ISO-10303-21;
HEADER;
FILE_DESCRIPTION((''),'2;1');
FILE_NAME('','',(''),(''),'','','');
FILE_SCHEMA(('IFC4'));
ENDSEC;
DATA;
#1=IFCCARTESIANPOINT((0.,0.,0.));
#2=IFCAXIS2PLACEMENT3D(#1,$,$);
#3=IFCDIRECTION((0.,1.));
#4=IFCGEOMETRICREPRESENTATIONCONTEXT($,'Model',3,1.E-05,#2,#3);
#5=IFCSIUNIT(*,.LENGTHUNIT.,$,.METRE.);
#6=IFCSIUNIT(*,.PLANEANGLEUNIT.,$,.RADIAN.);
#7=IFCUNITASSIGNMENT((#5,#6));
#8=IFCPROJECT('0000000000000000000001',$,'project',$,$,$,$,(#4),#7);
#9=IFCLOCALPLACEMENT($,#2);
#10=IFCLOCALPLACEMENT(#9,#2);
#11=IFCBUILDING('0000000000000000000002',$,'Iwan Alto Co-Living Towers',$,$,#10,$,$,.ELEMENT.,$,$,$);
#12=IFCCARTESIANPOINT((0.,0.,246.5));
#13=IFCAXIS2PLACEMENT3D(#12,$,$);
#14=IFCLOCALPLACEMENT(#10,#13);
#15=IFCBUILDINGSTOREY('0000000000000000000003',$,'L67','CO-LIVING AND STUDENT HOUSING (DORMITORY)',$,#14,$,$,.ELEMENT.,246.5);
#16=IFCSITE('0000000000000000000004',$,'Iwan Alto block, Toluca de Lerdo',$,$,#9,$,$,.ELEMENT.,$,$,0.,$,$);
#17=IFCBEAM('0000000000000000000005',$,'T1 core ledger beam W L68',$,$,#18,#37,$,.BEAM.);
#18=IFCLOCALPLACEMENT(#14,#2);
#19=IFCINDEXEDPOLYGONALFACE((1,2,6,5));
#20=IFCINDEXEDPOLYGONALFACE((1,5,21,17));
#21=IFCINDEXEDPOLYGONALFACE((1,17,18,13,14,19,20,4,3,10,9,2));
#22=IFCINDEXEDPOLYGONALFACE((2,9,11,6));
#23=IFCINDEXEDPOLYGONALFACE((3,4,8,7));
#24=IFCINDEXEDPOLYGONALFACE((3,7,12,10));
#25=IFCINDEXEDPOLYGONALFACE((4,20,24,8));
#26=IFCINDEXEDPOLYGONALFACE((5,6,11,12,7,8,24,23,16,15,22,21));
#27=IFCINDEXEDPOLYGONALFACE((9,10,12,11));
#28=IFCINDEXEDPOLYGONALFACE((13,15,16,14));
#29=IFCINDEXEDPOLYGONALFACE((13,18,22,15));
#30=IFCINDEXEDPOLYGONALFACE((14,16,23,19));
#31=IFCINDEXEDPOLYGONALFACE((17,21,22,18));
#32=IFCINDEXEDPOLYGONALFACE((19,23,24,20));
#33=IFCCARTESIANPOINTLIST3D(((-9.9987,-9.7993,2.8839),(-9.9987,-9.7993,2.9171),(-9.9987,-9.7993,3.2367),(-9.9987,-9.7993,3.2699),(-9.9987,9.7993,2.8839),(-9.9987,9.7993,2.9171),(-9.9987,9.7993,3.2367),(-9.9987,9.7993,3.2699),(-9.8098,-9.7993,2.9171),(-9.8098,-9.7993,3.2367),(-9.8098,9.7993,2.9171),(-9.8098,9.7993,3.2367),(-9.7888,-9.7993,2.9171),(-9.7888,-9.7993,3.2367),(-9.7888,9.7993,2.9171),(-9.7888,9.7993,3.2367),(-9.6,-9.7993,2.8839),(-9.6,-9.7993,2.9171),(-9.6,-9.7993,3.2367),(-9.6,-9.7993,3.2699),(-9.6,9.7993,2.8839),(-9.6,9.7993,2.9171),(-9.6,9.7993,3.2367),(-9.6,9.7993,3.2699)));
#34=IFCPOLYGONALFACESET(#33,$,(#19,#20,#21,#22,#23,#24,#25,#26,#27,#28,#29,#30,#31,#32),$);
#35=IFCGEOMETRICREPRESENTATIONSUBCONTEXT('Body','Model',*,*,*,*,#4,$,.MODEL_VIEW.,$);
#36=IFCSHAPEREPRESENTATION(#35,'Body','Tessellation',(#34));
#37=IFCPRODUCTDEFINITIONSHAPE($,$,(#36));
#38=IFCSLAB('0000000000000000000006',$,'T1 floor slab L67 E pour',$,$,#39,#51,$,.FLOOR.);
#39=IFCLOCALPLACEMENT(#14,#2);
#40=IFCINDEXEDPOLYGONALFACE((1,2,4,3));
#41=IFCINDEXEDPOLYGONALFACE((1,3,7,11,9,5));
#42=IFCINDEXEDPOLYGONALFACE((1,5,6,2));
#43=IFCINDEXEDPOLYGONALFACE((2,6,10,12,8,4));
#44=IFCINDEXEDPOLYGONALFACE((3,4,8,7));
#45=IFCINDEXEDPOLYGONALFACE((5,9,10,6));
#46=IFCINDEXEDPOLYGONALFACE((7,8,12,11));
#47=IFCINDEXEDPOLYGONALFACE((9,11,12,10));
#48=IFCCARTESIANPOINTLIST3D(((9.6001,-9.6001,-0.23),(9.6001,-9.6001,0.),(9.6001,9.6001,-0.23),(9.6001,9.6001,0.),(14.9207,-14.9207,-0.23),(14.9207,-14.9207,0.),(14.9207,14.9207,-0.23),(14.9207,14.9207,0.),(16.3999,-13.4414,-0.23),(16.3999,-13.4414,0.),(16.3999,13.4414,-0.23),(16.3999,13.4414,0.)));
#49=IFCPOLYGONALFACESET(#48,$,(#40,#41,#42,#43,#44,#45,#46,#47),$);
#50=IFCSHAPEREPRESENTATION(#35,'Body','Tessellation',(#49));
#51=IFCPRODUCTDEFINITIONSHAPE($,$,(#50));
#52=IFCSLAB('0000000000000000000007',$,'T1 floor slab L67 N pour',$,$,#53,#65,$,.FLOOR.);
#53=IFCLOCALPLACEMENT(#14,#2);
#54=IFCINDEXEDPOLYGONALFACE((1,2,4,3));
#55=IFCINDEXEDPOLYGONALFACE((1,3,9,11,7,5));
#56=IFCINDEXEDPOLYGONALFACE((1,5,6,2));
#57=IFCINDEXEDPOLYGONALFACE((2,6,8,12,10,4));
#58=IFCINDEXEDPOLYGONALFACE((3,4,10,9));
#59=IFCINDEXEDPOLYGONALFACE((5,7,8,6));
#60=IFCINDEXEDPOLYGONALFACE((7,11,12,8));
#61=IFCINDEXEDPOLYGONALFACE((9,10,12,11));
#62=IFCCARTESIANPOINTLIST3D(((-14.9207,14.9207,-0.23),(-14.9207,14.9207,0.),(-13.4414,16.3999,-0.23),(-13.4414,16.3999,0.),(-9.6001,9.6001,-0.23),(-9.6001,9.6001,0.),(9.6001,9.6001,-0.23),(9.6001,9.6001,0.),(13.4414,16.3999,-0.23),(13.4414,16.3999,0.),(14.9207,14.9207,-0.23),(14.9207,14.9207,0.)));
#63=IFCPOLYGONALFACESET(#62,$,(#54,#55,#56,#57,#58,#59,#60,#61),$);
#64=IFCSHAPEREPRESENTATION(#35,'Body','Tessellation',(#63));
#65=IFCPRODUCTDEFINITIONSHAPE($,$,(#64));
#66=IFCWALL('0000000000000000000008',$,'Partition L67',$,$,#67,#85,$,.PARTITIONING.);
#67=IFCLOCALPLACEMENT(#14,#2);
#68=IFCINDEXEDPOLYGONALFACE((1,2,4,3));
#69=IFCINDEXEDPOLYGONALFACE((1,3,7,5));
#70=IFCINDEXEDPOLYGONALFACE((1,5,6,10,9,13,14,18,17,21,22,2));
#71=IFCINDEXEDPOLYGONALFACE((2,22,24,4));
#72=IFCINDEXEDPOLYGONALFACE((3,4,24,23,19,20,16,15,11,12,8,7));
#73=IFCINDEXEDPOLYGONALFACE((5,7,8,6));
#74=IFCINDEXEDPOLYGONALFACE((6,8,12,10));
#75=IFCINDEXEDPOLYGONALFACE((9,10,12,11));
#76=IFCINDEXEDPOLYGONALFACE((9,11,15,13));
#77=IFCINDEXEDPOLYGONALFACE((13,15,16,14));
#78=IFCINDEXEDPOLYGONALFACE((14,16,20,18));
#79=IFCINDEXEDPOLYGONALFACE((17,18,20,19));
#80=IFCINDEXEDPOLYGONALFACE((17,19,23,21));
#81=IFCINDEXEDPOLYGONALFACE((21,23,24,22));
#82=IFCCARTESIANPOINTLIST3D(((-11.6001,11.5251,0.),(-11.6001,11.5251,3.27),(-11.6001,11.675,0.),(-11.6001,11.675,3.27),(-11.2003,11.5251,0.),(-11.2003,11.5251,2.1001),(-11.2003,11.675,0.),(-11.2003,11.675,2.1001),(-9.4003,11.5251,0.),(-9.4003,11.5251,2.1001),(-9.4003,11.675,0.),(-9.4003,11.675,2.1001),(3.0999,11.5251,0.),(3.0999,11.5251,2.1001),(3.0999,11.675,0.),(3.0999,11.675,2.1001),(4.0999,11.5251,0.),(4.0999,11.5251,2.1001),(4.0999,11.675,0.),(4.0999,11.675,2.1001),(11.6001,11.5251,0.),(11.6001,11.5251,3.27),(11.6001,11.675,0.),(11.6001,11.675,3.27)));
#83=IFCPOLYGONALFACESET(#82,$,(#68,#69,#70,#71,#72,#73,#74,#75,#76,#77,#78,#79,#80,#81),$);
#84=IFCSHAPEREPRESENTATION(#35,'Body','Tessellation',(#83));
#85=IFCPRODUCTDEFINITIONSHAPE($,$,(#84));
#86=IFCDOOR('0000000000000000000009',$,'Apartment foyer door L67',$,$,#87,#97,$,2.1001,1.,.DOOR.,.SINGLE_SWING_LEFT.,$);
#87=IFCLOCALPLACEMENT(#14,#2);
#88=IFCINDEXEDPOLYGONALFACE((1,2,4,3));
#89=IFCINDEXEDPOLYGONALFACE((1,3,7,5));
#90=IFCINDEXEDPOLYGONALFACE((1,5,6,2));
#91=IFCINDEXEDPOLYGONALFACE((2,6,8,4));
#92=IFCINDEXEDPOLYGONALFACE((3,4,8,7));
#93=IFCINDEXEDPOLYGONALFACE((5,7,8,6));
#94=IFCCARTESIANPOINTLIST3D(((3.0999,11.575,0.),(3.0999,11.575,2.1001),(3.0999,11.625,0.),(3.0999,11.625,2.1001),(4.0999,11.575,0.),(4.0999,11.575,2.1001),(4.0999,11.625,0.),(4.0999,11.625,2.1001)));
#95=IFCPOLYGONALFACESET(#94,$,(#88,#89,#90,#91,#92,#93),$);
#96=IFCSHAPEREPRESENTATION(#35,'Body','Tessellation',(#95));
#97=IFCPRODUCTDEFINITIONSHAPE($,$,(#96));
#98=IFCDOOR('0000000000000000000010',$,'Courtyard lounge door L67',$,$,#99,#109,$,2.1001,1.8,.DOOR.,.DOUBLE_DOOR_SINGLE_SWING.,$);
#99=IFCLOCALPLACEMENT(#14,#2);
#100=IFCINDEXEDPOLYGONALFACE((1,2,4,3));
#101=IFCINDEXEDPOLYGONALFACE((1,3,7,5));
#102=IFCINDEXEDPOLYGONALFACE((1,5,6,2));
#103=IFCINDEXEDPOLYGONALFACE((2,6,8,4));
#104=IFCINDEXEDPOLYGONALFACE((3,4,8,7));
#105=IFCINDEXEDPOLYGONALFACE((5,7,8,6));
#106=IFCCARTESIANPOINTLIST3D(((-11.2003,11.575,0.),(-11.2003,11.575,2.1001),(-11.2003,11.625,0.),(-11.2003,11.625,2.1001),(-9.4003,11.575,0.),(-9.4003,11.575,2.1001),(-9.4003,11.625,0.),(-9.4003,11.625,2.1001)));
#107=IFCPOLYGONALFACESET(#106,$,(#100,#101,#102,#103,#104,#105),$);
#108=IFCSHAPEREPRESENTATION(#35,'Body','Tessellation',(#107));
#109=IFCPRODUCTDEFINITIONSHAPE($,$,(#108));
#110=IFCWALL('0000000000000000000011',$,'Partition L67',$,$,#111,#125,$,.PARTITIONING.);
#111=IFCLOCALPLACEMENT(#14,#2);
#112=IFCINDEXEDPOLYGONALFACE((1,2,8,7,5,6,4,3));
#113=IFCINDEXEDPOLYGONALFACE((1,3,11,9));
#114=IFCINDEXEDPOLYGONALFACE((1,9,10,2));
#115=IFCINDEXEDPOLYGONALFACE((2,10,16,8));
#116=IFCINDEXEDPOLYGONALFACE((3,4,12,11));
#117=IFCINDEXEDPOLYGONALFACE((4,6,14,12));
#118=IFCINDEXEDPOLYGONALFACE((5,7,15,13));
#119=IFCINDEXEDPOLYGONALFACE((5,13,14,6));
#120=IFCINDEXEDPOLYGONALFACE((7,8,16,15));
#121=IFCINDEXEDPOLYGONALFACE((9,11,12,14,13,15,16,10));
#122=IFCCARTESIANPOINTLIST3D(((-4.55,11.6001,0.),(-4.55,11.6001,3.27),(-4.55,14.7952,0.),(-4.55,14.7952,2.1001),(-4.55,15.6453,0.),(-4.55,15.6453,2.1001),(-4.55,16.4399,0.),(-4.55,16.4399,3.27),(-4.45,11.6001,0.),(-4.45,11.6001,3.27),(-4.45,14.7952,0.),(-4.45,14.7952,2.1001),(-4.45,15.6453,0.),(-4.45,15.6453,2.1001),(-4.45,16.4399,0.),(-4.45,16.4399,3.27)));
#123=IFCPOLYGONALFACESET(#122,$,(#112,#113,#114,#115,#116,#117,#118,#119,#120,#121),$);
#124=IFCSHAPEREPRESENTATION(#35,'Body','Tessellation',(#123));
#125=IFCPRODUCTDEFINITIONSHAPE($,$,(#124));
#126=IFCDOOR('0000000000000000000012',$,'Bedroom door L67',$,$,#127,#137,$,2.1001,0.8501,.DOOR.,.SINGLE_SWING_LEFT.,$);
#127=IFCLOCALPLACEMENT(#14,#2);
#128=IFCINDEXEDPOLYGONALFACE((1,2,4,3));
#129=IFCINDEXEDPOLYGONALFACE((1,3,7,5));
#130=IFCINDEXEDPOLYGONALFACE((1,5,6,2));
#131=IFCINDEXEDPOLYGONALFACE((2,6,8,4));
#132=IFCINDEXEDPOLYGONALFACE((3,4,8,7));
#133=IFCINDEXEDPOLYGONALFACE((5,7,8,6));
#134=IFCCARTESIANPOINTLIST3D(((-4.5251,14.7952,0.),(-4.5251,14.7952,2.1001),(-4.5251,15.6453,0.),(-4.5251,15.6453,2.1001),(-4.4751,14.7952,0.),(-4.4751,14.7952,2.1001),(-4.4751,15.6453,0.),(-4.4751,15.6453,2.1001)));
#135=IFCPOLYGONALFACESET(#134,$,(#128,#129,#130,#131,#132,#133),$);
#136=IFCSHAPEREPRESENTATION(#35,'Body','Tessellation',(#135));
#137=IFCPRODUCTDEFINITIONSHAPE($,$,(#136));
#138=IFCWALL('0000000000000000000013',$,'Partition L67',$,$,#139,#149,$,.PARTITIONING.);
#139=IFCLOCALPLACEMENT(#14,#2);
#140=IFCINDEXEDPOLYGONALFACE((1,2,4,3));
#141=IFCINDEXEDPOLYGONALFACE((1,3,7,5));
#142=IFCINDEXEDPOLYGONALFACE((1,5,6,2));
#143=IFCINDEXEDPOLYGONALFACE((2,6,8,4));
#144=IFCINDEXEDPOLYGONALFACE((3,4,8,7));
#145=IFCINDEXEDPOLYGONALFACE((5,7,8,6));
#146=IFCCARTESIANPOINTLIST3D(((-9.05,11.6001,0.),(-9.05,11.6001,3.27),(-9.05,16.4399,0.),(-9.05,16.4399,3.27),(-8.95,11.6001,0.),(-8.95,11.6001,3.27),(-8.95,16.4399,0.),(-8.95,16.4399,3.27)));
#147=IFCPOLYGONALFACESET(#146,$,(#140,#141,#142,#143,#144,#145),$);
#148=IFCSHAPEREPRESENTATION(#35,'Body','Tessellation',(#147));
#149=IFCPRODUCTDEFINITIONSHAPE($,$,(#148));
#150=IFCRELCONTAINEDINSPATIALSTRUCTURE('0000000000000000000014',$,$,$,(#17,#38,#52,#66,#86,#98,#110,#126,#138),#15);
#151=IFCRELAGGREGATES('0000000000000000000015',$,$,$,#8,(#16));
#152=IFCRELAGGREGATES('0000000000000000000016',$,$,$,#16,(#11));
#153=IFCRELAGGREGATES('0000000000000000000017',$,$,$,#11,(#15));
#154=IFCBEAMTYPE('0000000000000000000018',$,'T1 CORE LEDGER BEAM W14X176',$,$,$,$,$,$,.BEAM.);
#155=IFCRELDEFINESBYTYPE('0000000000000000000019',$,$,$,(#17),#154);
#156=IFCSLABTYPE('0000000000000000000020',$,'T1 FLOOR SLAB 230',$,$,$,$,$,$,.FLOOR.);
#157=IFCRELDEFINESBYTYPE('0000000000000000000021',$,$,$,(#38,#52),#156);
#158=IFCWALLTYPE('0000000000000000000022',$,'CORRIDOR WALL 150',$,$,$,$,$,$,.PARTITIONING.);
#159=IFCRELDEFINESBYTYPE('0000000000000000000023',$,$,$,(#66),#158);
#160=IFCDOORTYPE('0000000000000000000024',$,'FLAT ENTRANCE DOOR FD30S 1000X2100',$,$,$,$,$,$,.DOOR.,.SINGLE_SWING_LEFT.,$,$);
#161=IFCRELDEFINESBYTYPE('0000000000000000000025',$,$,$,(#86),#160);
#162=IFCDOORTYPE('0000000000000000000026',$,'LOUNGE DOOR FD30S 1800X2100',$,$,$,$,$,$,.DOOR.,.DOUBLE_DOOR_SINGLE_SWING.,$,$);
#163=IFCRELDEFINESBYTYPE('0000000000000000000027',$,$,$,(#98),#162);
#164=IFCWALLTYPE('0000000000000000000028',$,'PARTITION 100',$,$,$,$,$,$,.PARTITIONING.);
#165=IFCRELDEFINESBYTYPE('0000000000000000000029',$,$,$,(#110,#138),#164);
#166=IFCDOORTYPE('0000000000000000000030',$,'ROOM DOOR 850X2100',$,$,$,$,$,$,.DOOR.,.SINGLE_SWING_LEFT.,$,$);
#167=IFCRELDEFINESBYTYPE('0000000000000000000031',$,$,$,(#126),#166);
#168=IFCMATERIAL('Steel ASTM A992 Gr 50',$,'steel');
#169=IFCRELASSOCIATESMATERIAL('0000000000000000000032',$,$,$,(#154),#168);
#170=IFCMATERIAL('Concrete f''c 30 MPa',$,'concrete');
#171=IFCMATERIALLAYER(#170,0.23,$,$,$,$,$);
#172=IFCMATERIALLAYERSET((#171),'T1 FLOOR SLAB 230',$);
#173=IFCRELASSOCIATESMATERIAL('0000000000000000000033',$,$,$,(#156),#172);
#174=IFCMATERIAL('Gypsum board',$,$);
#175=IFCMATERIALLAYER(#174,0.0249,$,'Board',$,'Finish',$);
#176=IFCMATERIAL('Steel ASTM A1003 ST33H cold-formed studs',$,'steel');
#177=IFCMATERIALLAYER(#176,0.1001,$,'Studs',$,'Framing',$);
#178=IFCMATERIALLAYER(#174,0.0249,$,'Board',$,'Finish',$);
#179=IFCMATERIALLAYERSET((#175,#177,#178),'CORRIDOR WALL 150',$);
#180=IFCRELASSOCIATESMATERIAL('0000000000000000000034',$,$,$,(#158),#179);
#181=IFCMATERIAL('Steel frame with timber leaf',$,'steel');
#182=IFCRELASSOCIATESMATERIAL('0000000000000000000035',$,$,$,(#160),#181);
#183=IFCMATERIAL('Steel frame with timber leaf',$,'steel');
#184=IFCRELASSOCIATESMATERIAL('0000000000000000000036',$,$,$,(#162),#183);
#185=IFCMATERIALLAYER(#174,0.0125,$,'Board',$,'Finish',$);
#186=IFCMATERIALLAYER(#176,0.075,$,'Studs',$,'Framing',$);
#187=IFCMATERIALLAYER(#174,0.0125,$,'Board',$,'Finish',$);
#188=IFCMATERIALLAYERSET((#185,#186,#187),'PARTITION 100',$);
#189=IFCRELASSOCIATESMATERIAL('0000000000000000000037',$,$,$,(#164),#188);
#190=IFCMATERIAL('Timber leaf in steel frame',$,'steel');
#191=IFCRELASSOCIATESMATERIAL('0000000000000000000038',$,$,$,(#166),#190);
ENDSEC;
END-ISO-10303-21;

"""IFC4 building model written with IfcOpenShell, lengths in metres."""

from ifc_helpers import new_model, si_unit, direction, frame, frame_2d, origin, origin_2d, place, context, subcontext, project, spatial, polyline, rectangle, i_section, outline, extrude, material, layer, layer_set, material_profile, profile_set, type_object, element, fill, save


model = new_model("IFC4")

# Units and contexts
model_context = context("Model", 3, precision=1e-05, world=origin(), true_north=direction((0.0, 1.0)))
body_context = subcontext(model_context, "Body", "Model", "MODEL_VIEW")
ifc_project = project(units=[si_unit("LENGTHUNIT", "METRE"), si_unit("PLANEANGLEUNIT", "RADIAN")], contexts=[model_context])

# Site, building, storey
site_placement = place(None, origin())
site = spatial("IfcSite", under=ifc_project, at=site_placement, Name="Iwan Alto block, Toluca de Lerdo", CompositionType="ELEMENT", RefElevation=0.0)
building_placement = place(site_placement, origin())
building = spatial("IfcBuilding", under=site, at=building_placement, Name="Iwan Alto Co-Living Towers", CompositionType="ELEMENT")
storey_placement = place(building_placement, frame((0.0, 0.0, 246.5)))
storey = spatial("IfcBuildingStorey", under=building, at=storey_placement, Name="L67", Description="CO-LIVING AND STUDENT HOUSING (DORMITORY)", CompositionType="ELEMENT", Elevation=246.5)

# Beam
ifc_material_1 = material(Name="Steel ASTM A992 Gr 50", Category="steel")
ifc_material_profile = material_profile(ifc_material_1, i_section(OverallWidth=0.3987, OverallDepth=0.386, WebThickness=0.021, FlangeThickness=0.0332, at=origin_2d()), Name="W14X176")
ifc_profile_set = profile_set([ifc_material_profile], Name="Steel ASTM A992 Gr 50")
beam_type = type_object("IfcBeamType", Name="T1 CORE LEDGER BEAM W14X176", PredefinedType="BEAM", material=ifc_profile_set)
beam_placement = place(storey_placement, frame((-9.7993, 9.7993, 3.0769), z_axis=(0.0, -1.0, 0.0), x_axis=(1.0, 0.0, 0.0)))
element("IfcBeam", 1, at=beam_placement, inside=storey, type_object=beam_type, Name="T1 core ledger beam W L68", PredefinedType="BEAM", context=body_context, shape_type="SweptSolid", body=[
    extrude(i_section(OverallWidth=0.3987, OverallDepth=0.386, WebThickness=0.021, FlangeThickness=0.0332, at=origin_2d()), origin(), (0.0, 0.0, 1.0), 19.5986),
])

# Slabs
ifc_material_2 = material(Name="Concrete f'c 30 MPa", Category="concrete")
ifc_layer_1 = layer(ifc_material_2, 0.23)
ifc_layer_set_1 = layer_set([ifc_layer_1], Name="T1 FLOOR SLAB 230")
slab_type = type_object("IfcSlabType", Name="T1 FLOOR SLAB 230", PredefinedType="FLOOR", material=ifc_layer_set_1)
slab_1_placement = place(storey_placement, frame((0.0, 0.0, -0.23)))
element("IfcSlab", 2, at=slab_1_placement, inside=storey, type_object=slab_type, Name="T1 floor slab L67 E pour", PredefinedType="FLOOR", context=body_context, shape_type="SweptSolid", body=[
    extrude(outline(polyline([(16.3999, 13.4414), (16.3999, -13.4414), (14.9207, -14.9207), (9.6001, -9.6001), (9.6001, 9.6001), (14.9207, 14.9207), (16.3999, 13.4414)])), origin(), (0.0, 0.0, 1.0), 0.23),
])
slab_2_placement = place(storey_placement, frame((0.0, 0.0, -0.23)))
element("IfcSlab", 3, at=slab_2_placement, inside=storey, type_object=slab_type, Name="T1 floor slab L67 N pour", PredefinedType="FLOOR", context=body_context, shape_type="SweptSolid", body=[
    extrude(outline(polyline([(-13.4414, 16.3999), (13.4414, 16.3999), (14.9207, 14.9207), (9.6001, 9.6001), (-9.6001, 9.6001), (-14.9207, 14.9207), (-13.4414, 16.3999)])), origin(), (0.0, 0.0, 1.0), 0.23),
])

# Wall, openings, doors
ifc_material_3 = material(Name="Gypsum board")
ifc_layer_2 = layer(ifc_material_3, 0.0249, Name="Board", Category="Finish")
ifc_material_4 = material(Name="Steel ASTM A1003 ST33H cold-formed studs", Category="steel")
ifc_layer_3 = layer(ifc_material_4, 0.1001, Name="Studs", Category="Framing")
ifc_layer_4 = layer(ifc_material_3, 0.0249, Name="Board", Category="Finish")
ifc_layer_set_2 = layer_set([ifc_layer_2, ifc_layer_3, ifc_layer_4], Name="CORRIDOR WALL 150")
wall_type_1 = type_object("IfcWallType", Name="CORRIDOR WALL 150", PredefinedType="PARTITIONING", material=ifc_layer_set_2)
wall_1_placement = place(storey_placement, frame((-11.6001, 11.6001, 0.0), z_axis=(0.0, 0.0, 1.0), x_axis=(1.0, 0.0, 0.0)))
wall_1 = element("IfcWall", 4, at=wall_1_placement, inside=storey, type_object=wall_type_1, Name="Partition L67", PredefinedType="PARTITIONING", context=body_context, shape_type="SweptSolid", body=[
    extrude(rectangle(XDim=23.2002, YDim=0.1499, at=frame_2d((11.6001, 0.0))), origin(), (0.0, 0.0, 1.0), 3.27),
])
opening_1_placement = place(wall_1_placement, frame((14.7, 0.0, 0.0)))
opening_1 = element("IfcOpeningElement", 5, at=opening_1_placement, cuts=wall_1, PredefinedType="OPENING", context=body_context, shape_type="SweptSolid", body=[
    extrude(rectangle(XDim=1.0, YDim=2.1001, at=frame_2d((0.5, 1.05))), frame((0.0, 0.085, 0.0), z_axis=(0.0, -1.0, 0.0), x_axis=(1.0, 0.0, 0.0)), (0.0, 0.0, 1.0), 0.1699),
])
opening_2_placement = place(wall_1_placement, frame((0.3999, 0.0, 0.0)))
opening_2 = element("IfcOpeningElement", 6, at=opening_2_placement, cuts=wall_1, PredefinedType="OPENING", context=body_context, shape_type="SweptSolid", body=[
    extrude(rectangle(XDim=1.8, YDim=2.1001, at=frame_2d((0.8999, 1.05))), frame((0.0, 0.085, 0.0), z_axis=(0.0, -1.0, 0.0), x_axis=(1.0, 0.0, 0.0)), (0.0, 0.0, 1.0), 0.1699),
])
ifc_material_5 = material(Name="Steel frame with timber leaf", Category="steel")
door_type_1 = type_object("IfcDoorType", Name="FLAT ENTRANCE DOOR FD30S 1000X2100", OperationType="SINGLE_SWING_LEFT", PredefinedType="DOOR", material=ifc_material_5)
door_1_placement = place(opening_1_placement, origin())
door_1 = element("IfcDoor", 7, at=door_1_placement, inside=storey, type_object=door_type_1, Name="Apartment foyer door L67", OperationType="SINGLE_SWING_LEFT", OverallHeight=2.1001, OverallWidth=1.0, PredefinedType="DOOR", context=body_context, shape_type="SweptSolid", body=[
    extrude(rectangle(XDim=1.0, YDim=2.1001, at=frame_2d((0.5, 1.05))), frame((0.0, 0.0249, 0.0), z_axis=(0.0, -1.0, 0.0), x_axis=(1.0, 0.0, 0.0)), (0.0, 0.0, 1.0), 0.05),
])
fill(opening_1, door_1)
ifc_material_6 = material(Name="Steel frame with timber leaf", Category="steel")
door_type_2 = type_object("IfcDoorType", Name="LOUNGE DOOR FD30S 1800X2100", OperationType="DOUBLE_DOOR_SINGLE_SWING", PredefinedType="DOOR", material=ifc_material_6)
door_2_placement = place(opening_2_placement, origin())
door_2 = element("IfcDoor", 8, at=door_2_placement, inside=storey, type_object=door_type_2, Name="Courtyard lounge door L67", OperationType="DOUBLE_DOOR_SINGLE_SWING", OverallHeight=2.1001, OverallWidth=1.8, PredefinedType="DOOR", context=body_context, shape_type="SweptSolid", body=[
    extrude(rectangle(XDim=1.8, YDim=2.1001, at=frame_2d((0.8999, 1.05))), frame((0.0, 0.0249, 0.0), z_axis=(0.0, -1.0, 0.0), x_axis=(1.0, 0.0, 0.0)), (0.0, 0.0, 1.0), 0.05),
])
fill(opening_2, door_2)

# Wall, opening, door
ifc_layer_5 = layer(ifc_material_3, 0.0125, Name="Board", Category="Finish")
ifc_layer_6 = layer(ifc_material_4, 0.075, Name="Studs", Category="Framing")
ifc_layer_7 = layer(ifc_material_3, 0.0125, Name="Board", Category="Finish")
ifc_layer_set_3 = layer_set([ifc_layer_5, ifc_layer_6, ifc_layer_7], Name="PARTITION 100")
wall_type_2 = type_object("IfcWallType", Name="PARTITION 100", PredefinedType="PARTITIONING", material=ifc_layer_set_3)
wall_2_placement = place(storey_placement, frame((-4.5, 11.6001, 0.0), z_axis=(0.0, 0.0, 1.0), x_axis=(0.0, 1.0, 0.0)))
wall_2 = element("IfcWall", 9, at=wall_2_placement, inside=storey, type_object=wall_type_2, Name="Partition L67", PredefinedType="PARTITIONING", context=body_context, shape_type="SweptSolid", body=[
    extrude(rectangle(XDim=4.8398, YDim=0.1001, at=frame_2d((2.4199, 0.0))), origin(), (0.0, 0.0, 1.0), 3.27),
])
opening_3_placement = place(wall_2_placement, frame((3.1951, 0.0, 0.0)))
opening_3 = element("IfcOpeningElement", 10, at=opening_3_placement, cuts=wall_2, PredefinedType="OPENING", context=body_context, shape_type="SweptSolid", body=[
    extrude(rectangle(XDim=0.8501, YDim=2.1001, at=frame_2d((0.425, 1.05))), frame((0.0, 0.0601, 0.0), z_axis=(0.0, -1.0, 0.0), x_axis=(1.0, 0.0, 0.0)), (0.0, 0.0, 1.0), 0.1201),
])
ifc_material_7 = material(Name="Timber leaf in steel frame", Category="steel")
door_type_3 = type_object("IfcDoorType", Name="ROOM DOOR 850X2100", OperationType="SINGLE_SWING_LEFT", PredefinedType="DOOR", material=ifc_material_7)
door_3_placement = place(opening_3_placement, frame((0.8501, 0.0, 0.0), z_axis=(0.0, 0.0, 1.0), x_axis=(-1.0, 0.0, 0.0)))
door_3 = element("IfcDoor", 11, at=door_3_placement, inside=storey, type_object=door_type_3, Name="Bedroom door L67", OperationType="SINGLE_SWING_LEFT", OverallHeight=2.1001, OverallWidth=0.8501, PredefinedType="DOOR", context=body_context, shape_type="SweptSolid", body=[
    extrude(rectangle(XDim=0.8501, YDim=2.1001, at=frame_2d((0.425, 1.05))), frame((0.0, 0.0249, 0.0), z_axis=(0.0, -1.0, 0.0), x_axis=(1.0, 0.0, 0.0)), (0.0, 0.0, 1.0), 0.05),
])
fill(opening_3, door_3)

# Wall
wall_3_placement = place(storey_placement, frame((-9.0, 11.6001, 0.0), z_axis=(0.0, 0.0, 1.0), x_axis=(0.0, 1.0, 0.0)))
element("IfcWall", 12, at=wall_3_placement, inside=storey, type_object=wall_type_2, Name="Partition L67", PredefinedType="PARTITIONING", context=body_context, shape_type="SweptSolid", body=[
    extrude(rectangle(XDim=4.8398, YDim=0.1001, at=frame_2d((2.4199, 0.0))), origin(), (0.0, 0.0, 1.0), 3.27),
])

save(model, "model.ifc")
